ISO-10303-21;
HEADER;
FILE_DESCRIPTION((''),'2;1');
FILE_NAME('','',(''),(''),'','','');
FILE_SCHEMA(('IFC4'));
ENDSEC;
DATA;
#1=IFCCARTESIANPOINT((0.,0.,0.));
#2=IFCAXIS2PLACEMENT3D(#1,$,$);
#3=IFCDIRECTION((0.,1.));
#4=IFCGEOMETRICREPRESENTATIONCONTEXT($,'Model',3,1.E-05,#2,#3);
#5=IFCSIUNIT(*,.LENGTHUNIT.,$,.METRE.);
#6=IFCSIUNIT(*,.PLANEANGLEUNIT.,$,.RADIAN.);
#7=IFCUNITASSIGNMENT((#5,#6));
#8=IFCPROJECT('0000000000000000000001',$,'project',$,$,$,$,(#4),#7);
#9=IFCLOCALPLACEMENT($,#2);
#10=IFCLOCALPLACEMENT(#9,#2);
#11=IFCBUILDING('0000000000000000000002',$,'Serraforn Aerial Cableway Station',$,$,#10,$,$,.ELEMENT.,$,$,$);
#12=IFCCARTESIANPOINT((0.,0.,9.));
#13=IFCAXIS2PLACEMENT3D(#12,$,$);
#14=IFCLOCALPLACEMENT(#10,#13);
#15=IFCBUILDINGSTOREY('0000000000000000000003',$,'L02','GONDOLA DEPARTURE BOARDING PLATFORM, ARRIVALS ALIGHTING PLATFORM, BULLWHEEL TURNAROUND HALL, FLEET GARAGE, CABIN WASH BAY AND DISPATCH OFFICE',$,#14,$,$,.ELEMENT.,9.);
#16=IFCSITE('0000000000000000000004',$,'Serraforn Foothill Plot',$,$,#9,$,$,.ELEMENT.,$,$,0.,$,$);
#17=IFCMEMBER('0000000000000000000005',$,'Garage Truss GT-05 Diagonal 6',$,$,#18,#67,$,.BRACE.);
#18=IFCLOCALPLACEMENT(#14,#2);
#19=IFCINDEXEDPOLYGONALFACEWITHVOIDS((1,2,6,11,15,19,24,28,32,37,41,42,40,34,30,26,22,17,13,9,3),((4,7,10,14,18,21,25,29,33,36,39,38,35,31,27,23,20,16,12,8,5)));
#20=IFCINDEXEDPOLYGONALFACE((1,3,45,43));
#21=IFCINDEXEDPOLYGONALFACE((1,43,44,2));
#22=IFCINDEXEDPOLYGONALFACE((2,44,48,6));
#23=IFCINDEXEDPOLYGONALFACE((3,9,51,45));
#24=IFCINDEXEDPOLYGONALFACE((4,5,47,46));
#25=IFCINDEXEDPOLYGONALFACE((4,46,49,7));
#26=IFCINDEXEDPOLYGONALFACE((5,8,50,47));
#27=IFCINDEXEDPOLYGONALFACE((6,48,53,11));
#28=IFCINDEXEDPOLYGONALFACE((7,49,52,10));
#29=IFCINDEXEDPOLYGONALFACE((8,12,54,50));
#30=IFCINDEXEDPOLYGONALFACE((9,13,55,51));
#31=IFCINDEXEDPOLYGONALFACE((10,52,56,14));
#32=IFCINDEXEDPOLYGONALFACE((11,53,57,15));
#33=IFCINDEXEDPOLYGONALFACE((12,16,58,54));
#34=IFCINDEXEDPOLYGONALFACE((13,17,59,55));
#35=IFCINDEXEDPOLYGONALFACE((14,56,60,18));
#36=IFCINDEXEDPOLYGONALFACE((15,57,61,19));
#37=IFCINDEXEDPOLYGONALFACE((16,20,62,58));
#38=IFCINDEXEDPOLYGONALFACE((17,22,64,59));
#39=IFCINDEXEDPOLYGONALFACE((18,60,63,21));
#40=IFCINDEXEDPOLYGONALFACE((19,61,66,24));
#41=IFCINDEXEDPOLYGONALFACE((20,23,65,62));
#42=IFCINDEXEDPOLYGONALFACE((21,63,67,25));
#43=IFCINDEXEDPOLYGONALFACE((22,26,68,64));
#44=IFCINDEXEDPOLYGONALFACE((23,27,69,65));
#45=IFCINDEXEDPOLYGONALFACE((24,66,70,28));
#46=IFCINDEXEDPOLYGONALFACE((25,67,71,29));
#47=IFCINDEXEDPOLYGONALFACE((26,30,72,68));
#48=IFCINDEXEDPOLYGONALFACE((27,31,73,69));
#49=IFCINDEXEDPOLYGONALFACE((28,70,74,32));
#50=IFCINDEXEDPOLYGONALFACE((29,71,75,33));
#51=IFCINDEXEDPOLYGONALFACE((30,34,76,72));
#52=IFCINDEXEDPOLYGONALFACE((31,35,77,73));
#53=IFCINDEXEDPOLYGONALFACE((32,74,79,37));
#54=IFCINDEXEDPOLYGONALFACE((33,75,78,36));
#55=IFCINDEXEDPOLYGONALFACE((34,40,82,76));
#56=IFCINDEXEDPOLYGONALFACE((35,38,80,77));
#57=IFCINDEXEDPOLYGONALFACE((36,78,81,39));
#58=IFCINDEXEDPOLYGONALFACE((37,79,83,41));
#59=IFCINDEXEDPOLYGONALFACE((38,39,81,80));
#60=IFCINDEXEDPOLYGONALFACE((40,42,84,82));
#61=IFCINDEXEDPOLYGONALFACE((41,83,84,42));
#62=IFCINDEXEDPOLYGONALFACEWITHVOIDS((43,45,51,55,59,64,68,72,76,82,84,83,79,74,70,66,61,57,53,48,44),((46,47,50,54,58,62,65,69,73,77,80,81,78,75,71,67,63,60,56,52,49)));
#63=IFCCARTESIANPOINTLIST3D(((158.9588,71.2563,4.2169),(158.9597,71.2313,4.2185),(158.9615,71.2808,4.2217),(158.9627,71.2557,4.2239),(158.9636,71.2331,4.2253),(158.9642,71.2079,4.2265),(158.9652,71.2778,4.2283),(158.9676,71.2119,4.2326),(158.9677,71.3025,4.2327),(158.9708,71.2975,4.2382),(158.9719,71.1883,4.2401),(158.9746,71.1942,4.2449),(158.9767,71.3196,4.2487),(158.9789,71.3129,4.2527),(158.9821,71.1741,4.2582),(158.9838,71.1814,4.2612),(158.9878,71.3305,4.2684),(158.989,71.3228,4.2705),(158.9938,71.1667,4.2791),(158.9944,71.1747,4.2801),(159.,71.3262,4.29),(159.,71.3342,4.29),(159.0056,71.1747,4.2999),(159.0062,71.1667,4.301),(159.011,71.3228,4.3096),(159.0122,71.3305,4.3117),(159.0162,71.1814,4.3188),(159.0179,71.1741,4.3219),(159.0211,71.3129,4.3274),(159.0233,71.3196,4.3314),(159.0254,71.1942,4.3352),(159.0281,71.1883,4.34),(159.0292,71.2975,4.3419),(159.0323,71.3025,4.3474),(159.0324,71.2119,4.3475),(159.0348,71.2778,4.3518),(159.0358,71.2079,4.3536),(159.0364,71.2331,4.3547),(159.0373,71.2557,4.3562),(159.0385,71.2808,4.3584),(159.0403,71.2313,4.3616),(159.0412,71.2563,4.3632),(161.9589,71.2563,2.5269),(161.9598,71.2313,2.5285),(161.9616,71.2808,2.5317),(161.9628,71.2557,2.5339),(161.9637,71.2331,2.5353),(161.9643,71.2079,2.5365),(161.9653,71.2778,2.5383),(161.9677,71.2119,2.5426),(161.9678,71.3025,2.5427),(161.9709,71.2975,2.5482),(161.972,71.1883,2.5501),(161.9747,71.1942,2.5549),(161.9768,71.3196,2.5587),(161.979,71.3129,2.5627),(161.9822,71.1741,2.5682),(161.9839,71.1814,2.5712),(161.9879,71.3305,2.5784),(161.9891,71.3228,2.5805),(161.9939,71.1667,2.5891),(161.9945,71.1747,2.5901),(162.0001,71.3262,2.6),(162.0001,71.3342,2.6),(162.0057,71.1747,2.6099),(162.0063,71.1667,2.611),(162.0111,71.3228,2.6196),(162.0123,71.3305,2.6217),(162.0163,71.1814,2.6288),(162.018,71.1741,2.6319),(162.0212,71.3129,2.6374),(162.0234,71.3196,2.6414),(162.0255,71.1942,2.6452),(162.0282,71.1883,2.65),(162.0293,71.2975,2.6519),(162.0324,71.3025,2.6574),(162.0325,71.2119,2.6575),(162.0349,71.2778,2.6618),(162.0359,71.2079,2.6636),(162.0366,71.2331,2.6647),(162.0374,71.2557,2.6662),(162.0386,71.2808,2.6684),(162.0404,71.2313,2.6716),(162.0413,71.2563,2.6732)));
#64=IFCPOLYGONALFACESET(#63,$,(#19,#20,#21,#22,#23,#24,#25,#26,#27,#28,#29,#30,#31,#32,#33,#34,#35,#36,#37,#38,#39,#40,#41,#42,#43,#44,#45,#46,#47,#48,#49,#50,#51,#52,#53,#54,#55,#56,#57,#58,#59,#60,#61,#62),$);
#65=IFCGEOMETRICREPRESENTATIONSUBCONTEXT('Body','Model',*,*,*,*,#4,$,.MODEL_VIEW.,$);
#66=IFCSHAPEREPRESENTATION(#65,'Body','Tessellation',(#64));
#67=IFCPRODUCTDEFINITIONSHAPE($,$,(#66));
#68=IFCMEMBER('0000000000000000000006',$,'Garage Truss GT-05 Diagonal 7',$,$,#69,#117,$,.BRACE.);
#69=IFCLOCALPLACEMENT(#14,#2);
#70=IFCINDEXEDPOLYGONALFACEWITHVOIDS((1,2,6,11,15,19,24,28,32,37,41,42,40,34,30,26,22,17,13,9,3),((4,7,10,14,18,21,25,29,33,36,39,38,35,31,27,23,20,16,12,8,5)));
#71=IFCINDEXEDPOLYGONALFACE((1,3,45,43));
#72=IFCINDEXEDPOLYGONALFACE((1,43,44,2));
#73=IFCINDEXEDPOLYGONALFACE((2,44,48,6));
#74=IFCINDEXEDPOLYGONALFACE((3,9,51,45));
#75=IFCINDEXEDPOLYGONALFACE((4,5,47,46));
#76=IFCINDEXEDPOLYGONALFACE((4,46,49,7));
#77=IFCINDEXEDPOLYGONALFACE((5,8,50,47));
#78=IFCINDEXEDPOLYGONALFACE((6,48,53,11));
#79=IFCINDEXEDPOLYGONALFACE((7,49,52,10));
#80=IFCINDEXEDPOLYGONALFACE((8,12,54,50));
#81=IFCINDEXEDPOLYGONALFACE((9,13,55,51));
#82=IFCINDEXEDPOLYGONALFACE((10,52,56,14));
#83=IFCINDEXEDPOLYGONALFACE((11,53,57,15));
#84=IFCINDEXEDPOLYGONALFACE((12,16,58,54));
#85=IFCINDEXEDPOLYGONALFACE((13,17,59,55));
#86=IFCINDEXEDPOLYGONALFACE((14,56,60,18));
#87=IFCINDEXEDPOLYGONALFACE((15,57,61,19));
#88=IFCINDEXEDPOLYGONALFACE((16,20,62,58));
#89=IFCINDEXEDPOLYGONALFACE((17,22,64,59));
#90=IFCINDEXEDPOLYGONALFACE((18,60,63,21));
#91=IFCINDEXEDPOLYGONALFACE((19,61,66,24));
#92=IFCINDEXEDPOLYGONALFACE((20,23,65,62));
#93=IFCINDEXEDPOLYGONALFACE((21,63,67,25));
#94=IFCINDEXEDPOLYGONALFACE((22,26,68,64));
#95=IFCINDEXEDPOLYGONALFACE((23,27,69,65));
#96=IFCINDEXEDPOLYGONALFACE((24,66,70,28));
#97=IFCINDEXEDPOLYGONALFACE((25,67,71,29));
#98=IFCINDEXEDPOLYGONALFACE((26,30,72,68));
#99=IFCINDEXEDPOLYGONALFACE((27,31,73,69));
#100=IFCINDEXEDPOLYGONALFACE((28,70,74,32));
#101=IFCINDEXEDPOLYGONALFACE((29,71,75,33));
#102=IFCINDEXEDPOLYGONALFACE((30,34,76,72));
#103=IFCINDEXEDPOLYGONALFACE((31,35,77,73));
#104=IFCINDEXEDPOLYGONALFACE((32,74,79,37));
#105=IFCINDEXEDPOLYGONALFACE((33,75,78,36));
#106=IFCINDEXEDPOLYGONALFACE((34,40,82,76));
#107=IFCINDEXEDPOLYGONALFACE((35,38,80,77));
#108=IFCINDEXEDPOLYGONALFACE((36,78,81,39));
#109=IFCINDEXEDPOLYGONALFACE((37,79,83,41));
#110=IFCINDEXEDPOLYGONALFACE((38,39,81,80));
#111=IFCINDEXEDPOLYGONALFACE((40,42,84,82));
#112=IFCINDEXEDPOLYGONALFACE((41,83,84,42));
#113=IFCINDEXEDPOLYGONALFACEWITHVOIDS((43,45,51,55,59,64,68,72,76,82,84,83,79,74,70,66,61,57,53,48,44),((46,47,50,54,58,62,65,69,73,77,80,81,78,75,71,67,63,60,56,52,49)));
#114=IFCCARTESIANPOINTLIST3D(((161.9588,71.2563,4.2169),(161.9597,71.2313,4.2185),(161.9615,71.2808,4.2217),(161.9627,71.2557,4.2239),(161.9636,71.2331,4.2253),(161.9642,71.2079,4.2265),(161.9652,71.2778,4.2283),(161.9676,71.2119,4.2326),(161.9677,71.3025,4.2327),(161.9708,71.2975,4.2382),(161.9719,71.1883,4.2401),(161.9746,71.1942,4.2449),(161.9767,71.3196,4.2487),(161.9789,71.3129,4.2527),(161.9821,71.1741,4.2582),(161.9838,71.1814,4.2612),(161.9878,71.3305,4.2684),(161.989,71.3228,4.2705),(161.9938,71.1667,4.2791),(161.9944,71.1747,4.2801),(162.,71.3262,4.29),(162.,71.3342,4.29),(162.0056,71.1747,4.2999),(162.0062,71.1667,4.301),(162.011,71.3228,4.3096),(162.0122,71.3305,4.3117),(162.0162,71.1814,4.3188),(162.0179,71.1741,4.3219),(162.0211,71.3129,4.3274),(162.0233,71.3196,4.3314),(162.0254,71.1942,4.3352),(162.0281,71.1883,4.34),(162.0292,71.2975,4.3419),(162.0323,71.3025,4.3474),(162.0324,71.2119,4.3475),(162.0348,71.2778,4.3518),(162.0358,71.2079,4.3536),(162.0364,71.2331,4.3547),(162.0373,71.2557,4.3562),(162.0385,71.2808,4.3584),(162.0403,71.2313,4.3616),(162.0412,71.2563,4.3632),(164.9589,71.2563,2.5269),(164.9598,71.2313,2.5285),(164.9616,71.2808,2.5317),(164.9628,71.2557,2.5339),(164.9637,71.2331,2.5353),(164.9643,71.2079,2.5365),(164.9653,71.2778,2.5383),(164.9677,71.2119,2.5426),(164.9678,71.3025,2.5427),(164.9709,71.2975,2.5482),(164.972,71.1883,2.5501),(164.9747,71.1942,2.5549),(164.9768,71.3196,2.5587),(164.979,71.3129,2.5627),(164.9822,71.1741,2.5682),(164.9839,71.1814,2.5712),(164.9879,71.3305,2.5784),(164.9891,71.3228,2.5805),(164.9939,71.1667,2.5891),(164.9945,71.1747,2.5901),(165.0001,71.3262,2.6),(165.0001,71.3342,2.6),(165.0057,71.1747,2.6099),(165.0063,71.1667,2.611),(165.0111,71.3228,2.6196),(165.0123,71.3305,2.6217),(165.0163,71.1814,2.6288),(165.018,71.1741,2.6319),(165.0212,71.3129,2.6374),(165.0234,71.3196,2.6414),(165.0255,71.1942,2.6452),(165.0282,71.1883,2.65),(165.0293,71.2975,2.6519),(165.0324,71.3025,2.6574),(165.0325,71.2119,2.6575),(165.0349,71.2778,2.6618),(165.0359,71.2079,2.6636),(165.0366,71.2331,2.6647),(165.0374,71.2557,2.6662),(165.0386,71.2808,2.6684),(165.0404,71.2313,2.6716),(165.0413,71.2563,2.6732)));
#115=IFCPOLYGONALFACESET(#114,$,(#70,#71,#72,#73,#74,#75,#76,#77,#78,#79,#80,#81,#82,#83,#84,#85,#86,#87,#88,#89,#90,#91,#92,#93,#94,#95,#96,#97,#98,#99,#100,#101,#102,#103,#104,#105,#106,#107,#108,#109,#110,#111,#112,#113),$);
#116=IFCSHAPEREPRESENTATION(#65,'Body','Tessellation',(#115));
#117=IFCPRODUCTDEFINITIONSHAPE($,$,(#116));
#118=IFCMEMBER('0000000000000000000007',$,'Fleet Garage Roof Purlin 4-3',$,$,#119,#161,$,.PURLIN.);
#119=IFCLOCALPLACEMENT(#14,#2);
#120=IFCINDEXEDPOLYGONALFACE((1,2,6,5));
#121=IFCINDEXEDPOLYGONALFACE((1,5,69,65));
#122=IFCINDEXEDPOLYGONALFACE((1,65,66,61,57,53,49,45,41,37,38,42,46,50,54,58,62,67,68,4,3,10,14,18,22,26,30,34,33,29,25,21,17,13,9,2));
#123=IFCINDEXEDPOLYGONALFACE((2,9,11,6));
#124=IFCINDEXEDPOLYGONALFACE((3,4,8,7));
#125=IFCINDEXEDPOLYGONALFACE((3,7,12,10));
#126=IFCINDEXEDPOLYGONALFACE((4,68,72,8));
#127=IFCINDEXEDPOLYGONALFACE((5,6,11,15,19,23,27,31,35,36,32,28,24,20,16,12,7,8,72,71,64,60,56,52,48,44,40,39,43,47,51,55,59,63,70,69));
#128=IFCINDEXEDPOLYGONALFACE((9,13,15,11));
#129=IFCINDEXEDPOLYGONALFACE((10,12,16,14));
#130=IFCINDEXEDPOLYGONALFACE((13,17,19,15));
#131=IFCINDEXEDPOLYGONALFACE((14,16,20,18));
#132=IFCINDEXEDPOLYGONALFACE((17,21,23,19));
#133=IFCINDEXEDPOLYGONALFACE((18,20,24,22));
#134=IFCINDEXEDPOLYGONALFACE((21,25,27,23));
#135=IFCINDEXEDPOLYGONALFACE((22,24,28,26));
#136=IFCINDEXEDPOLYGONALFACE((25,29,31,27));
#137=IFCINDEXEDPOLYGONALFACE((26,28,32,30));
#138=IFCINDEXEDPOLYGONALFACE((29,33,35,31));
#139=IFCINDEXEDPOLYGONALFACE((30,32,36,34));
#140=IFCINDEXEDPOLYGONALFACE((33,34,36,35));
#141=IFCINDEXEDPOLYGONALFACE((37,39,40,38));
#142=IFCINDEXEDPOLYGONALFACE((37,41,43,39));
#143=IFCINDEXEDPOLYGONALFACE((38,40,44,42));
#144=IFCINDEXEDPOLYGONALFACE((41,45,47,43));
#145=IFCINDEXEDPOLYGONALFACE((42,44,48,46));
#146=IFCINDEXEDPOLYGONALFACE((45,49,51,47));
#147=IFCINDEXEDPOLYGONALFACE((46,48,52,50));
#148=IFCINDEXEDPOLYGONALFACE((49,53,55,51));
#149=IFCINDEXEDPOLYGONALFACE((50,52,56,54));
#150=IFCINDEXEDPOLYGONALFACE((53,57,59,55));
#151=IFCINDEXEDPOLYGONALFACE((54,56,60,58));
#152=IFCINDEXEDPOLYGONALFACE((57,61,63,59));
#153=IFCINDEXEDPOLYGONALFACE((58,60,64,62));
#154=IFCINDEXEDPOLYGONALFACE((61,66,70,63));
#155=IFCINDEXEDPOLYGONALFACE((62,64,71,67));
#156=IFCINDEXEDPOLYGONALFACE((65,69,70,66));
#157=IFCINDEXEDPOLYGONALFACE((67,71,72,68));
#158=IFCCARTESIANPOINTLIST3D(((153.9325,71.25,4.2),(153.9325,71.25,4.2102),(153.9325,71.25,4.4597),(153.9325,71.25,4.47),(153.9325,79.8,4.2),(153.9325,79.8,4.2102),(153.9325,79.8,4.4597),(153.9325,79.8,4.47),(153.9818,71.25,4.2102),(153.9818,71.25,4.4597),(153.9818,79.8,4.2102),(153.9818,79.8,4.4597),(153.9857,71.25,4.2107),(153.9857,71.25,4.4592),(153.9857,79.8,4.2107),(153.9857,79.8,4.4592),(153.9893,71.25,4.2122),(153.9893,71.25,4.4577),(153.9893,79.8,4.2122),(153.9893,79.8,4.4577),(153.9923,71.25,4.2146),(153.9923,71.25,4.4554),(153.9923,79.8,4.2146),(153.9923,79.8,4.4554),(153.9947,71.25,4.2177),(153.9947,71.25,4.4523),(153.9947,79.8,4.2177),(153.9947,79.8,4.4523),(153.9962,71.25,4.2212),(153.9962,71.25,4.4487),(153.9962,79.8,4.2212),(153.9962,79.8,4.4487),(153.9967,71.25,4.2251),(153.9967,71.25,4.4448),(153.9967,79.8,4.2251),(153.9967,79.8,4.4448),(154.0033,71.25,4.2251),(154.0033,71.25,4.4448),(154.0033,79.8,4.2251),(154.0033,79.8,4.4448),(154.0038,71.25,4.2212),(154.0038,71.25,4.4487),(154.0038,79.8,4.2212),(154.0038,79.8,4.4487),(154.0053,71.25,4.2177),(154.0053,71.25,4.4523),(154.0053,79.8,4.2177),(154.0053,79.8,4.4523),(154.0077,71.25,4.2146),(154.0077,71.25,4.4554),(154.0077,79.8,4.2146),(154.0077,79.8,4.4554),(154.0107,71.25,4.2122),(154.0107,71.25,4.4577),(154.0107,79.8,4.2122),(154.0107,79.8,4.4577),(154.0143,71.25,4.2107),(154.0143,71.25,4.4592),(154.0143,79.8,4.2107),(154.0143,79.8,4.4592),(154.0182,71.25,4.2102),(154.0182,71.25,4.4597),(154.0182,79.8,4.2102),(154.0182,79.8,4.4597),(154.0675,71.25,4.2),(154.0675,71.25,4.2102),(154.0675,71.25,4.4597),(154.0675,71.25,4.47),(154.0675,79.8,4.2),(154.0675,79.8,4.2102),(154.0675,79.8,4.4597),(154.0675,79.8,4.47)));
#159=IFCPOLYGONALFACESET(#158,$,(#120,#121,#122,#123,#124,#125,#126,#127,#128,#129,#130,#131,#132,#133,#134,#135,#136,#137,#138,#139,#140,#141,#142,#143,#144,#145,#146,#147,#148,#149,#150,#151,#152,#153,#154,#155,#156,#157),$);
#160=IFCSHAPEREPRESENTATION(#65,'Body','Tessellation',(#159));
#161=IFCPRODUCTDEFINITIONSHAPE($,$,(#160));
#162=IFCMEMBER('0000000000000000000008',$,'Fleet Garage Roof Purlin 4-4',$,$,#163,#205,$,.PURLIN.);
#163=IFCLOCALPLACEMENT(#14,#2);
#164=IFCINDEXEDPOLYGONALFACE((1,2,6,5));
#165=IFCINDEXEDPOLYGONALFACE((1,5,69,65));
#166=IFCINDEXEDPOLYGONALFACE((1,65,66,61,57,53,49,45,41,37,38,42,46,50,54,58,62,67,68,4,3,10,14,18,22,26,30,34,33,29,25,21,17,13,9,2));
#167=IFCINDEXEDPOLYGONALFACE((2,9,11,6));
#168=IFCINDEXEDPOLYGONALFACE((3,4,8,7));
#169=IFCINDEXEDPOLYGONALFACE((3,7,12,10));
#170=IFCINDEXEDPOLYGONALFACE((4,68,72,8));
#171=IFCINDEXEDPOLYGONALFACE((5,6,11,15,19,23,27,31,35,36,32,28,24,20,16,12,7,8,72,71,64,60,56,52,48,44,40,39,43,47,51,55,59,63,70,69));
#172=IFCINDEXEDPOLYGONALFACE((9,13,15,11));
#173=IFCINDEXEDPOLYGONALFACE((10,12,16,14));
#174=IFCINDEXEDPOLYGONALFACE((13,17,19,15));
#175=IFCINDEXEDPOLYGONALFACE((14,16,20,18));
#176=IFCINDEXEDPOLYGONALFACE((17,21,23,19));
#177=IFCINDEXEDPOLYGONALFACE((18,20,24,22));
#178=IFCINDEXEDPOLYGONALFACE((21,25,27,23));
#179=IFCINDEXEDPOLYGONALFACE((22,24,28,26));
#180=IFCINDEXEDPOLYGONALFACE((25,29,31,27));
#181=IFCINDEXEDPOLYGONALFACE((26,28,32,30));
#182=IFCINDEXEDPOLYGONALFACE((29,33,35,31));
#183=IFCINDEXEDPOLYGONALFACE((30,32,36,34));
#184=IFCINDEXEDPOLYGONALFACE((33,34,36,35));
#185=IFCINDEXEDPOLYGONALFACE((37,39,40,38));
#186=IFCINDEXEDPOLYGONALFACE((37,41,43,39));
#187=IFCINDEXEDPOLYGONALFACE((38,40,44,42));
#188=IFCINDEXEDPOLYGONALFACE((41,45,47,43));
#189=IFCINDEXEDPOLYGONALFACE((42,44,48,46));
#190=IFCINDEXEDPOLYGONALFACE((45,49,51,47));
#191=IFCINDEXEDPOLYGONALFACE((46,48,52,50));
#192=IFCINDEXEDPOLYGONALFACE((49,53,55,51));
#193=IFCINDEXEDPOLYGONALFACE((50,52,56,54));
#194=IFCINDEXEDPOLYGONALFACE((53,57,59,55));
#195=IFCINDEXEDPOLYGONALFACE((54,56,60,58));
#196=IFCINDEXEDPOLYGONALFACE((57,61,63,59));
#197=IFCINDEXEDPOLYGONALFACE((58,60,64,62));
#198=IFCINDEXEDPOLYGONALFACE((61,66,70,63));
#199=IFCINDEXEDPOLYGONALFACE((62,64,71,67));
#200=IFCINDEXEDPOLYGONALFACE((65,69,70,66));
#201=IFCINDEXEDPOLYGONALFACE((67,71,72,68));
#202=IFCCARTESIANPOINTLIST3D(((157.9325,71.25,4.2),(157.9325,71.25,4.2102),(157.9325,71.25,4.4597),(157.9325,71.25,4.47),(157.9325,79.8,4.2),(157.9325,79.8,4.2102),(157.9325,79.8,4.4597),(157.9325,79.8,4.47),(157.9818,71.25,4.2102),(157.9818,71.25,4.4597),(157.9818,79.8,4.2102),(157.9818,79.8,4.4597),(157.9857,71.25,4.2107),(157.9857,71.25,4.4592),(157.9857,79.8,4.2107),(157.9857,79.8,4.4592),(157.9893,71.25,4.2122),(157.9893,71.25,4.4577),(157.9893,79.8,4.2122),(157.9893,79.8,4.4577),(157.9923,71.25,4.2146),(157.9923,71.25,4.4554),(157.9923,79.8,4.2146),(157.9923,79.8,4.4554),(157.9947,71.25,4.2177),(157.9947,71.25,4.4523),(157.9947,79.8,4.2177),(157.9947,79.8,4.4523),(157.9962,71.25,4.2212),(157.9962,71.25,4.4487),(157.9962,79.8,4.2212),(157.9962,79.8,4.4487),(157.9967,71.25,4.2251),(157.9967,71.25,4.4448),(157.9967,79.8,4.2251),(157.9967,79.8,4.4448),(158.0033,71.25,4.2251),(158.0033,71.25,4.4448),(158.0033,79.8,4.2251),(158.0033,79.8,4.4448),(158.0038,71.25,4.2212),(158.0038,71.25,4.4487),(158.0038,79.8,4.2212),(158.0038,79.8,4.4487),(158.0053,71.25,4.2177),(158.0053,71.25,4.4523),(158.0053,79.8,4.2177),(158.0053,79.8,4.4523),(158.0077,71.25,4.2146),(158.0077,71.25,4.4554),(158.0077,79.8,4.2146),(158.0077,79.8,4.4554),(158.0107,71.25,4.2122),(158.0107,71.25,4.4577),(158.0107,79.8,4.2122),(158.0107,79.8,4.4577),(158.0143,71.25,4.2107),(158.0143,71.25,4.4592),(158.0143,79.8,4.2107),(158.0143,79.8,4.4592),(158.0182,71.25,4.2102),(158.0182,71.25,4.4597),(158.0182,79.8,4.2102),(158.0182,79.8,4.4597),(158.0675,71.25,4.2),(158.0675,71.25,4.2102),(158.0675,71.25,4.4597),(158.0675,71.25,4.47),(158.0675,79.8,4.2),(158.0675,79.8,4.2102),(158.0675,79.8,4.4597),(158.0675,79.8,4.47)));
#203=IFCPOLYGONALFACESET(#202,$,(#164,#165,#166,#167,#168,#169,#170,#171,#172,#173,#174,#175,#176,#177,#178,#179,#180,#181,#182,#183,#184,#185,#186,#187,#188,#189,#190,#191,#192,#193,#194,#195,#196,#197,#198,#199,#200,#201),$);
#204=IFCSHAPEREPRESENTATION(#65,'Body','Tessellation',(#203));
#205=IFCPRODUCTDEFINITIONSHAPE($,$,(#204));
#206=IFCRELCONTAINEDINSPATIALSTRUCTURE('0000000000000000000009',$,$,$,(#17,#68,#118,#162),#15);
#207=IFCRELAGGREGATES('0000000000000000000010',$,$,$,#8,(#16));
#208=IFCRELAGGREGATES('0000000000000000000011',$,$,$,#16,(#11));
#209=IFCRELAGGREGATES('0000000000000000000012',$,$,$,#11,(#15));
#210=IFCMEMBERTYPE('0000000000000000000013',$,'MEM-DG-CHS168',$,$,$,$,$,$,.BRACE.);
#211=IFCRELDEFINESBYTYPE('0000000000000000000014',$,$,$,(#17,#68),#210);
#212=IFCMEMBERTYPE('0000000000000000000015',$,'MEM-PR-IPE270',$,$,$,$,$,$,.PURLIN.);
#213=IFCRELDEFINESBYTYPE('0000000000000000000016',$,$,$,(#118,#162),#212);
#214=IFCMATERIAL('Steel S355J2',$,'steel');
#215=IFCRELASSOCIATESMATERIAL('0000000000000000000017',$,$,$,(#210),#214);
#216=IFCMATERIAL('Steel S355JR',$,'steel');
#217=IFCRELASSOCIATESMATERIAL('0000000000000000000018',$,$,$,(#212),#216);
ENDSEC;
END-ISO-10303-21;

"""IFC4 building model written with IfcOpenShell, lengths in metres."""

from ifc_helpers import new_model, si_unit, direction, frame, origin, origin_2d, place, context, subcontext, project, spatial, hollow_circle, i_section, extrude, material, material_profile, profile_set, type_object, element, save


model = new_model("IFC4")

# Units and contexts
model_context = context("Model", 3, precision=1e-05, world=origin(), true_north=direction((0.0, 1.0)))
body_context = subcontext(model_context, "Body", "Model", "MODEL_VIEW")
ifc_project = project(units=[si_unit("LENGTHUNIT", "METRE"), si_unit("PLANEANGLEUNIT", "RADIAN")], contexts=[model_context])

# Site, building, storey
site_placement = place(None, origin())
site = spatial("IfcSite", under=ifc_project, at=site_placement, Name="Serraforn Foothill Plot", CompositionType="ELEMENT", RefElevation=0.0)
building_placement = place(site_placement, origin())
building = spatial("IfcBuilding", under=site, at=building_placement, Name="Serraforn Aerial Cableway Station", CompositionType="ELEMENT")
storey_placement = place(building_placement, frame((0.0, 0.0, 9.0)))
storey = spatial("IfcBuildingStorey", under=building, at=storey_placement, Name="L02", Description="GONDOLA DEPARTURE BOARDING PLATFORM, ARRIVALS ALIGHTING PLATFORM, BULLWHEEL TURNAROUND HALL, FLEET GARAGE, CABIN WASH BAY AND DISPATCH OFFICE", CompositionType="ELEMENT", Elevation=9.0)

# Shared definitions
ifc_material_1 = material(Name="Steel S355JR", Category="steel")

# Members
ifc_material_2 = material(Name="Steel S355J2", Category="steel")
ifc_material_profile_1 = material_profile(ifc_material_2, hollow_circle(Radius=0.0842, WallThickness=0.0081, at=origin_2d()), Name="CHS 168.3x8.0")
ifc_profile_set_1 = profile_set([ifc_material_profile_1], Name="Steel S355J2")
member_type_1 = type_object("IfcMemberType", Name="MEM-DG-CHS168", PredefinedType="BRACE", material=ifc_profile_set_1)
for number, where, z_axis, x_axis, name in (
    (1, (159.0, 71.25, 4.29), (0.871272, 0.0, -0.4908), (0.0, 1.0, 0.0), "Garage Truss GT-05 Diagonal 6"),
    (2, (162.0, 71.25, 4.29), (0.871272, 0.0, -0.4908), (0.0, 1.0, 0.0), "Garage Truss GT-05 Diagonal 7"),
):
    element("IfcMember", number, at=place(storey_placement, frame(where, z_axis=z_axis, x_axis=x_axis)), inside=storey, type_object=member_type_1, Name=name, PredefinedType="BRACE", context=body_context, shape_type="SweptSolid", body=[
        extrude(hollow_circle(Radius=0.0842, WallThickness=0.0081, at=origin_2d()), origin(), (0.0, 0.0, 1.0), 3.4434),
    ])
ifc_material_profile_2 = material_profile(ifc_material_1, i_section(OverallWidth=0.135, OverallDepth=0.27, WebThickness=0.0066, FlangeThickness=0.0103, FilletRadius=0.0149, at=origin_2d()), Name="IPE 270")
ifc_profile_set_2 = profile_set([ifc_material_profile_2], Name="Steel S355JR")
member_type_2 = type_object("IfcMemberType", Name="MEM-PR-IPE270", PredefinedType="PURLIN", material=ifc_profile_set_2)
for number, where, z_axis, x_axis, name in (
    (3, (154.0, 71.25, 4.335), (0.0, 1.0, 0.0), (-1.0, 0.0, 0.0), "Fleet Garage Roof Purlin 4-3"),
    (4, (158.0, 71.25, 4.335), (0.0, 1.0, 0.0), (-1.0, 0.0, 0.0), "Fleet Garage Roof Purlin 4-4"),
):
    element("IfcMember", number, at=place(storey_placement, frame(where, z_axis=z_axis, x_axis=x_axis)), inside=storey, type_object=member_type_2, Name=name, PredefinedType="PURLIN", context=body_context, shape_type="SweptSolid", body=[
        extrude(i_section(OverallWidth=0.135, OverallDepth=0.27, WebThickness=0.0066, FlangeThickness=0.0103, FilletRadius=0.0149, at=origin_2d()), origin(), (0.0, 0.0, 1.0), 8.55),
    ])

save(model, "model.ifc")
